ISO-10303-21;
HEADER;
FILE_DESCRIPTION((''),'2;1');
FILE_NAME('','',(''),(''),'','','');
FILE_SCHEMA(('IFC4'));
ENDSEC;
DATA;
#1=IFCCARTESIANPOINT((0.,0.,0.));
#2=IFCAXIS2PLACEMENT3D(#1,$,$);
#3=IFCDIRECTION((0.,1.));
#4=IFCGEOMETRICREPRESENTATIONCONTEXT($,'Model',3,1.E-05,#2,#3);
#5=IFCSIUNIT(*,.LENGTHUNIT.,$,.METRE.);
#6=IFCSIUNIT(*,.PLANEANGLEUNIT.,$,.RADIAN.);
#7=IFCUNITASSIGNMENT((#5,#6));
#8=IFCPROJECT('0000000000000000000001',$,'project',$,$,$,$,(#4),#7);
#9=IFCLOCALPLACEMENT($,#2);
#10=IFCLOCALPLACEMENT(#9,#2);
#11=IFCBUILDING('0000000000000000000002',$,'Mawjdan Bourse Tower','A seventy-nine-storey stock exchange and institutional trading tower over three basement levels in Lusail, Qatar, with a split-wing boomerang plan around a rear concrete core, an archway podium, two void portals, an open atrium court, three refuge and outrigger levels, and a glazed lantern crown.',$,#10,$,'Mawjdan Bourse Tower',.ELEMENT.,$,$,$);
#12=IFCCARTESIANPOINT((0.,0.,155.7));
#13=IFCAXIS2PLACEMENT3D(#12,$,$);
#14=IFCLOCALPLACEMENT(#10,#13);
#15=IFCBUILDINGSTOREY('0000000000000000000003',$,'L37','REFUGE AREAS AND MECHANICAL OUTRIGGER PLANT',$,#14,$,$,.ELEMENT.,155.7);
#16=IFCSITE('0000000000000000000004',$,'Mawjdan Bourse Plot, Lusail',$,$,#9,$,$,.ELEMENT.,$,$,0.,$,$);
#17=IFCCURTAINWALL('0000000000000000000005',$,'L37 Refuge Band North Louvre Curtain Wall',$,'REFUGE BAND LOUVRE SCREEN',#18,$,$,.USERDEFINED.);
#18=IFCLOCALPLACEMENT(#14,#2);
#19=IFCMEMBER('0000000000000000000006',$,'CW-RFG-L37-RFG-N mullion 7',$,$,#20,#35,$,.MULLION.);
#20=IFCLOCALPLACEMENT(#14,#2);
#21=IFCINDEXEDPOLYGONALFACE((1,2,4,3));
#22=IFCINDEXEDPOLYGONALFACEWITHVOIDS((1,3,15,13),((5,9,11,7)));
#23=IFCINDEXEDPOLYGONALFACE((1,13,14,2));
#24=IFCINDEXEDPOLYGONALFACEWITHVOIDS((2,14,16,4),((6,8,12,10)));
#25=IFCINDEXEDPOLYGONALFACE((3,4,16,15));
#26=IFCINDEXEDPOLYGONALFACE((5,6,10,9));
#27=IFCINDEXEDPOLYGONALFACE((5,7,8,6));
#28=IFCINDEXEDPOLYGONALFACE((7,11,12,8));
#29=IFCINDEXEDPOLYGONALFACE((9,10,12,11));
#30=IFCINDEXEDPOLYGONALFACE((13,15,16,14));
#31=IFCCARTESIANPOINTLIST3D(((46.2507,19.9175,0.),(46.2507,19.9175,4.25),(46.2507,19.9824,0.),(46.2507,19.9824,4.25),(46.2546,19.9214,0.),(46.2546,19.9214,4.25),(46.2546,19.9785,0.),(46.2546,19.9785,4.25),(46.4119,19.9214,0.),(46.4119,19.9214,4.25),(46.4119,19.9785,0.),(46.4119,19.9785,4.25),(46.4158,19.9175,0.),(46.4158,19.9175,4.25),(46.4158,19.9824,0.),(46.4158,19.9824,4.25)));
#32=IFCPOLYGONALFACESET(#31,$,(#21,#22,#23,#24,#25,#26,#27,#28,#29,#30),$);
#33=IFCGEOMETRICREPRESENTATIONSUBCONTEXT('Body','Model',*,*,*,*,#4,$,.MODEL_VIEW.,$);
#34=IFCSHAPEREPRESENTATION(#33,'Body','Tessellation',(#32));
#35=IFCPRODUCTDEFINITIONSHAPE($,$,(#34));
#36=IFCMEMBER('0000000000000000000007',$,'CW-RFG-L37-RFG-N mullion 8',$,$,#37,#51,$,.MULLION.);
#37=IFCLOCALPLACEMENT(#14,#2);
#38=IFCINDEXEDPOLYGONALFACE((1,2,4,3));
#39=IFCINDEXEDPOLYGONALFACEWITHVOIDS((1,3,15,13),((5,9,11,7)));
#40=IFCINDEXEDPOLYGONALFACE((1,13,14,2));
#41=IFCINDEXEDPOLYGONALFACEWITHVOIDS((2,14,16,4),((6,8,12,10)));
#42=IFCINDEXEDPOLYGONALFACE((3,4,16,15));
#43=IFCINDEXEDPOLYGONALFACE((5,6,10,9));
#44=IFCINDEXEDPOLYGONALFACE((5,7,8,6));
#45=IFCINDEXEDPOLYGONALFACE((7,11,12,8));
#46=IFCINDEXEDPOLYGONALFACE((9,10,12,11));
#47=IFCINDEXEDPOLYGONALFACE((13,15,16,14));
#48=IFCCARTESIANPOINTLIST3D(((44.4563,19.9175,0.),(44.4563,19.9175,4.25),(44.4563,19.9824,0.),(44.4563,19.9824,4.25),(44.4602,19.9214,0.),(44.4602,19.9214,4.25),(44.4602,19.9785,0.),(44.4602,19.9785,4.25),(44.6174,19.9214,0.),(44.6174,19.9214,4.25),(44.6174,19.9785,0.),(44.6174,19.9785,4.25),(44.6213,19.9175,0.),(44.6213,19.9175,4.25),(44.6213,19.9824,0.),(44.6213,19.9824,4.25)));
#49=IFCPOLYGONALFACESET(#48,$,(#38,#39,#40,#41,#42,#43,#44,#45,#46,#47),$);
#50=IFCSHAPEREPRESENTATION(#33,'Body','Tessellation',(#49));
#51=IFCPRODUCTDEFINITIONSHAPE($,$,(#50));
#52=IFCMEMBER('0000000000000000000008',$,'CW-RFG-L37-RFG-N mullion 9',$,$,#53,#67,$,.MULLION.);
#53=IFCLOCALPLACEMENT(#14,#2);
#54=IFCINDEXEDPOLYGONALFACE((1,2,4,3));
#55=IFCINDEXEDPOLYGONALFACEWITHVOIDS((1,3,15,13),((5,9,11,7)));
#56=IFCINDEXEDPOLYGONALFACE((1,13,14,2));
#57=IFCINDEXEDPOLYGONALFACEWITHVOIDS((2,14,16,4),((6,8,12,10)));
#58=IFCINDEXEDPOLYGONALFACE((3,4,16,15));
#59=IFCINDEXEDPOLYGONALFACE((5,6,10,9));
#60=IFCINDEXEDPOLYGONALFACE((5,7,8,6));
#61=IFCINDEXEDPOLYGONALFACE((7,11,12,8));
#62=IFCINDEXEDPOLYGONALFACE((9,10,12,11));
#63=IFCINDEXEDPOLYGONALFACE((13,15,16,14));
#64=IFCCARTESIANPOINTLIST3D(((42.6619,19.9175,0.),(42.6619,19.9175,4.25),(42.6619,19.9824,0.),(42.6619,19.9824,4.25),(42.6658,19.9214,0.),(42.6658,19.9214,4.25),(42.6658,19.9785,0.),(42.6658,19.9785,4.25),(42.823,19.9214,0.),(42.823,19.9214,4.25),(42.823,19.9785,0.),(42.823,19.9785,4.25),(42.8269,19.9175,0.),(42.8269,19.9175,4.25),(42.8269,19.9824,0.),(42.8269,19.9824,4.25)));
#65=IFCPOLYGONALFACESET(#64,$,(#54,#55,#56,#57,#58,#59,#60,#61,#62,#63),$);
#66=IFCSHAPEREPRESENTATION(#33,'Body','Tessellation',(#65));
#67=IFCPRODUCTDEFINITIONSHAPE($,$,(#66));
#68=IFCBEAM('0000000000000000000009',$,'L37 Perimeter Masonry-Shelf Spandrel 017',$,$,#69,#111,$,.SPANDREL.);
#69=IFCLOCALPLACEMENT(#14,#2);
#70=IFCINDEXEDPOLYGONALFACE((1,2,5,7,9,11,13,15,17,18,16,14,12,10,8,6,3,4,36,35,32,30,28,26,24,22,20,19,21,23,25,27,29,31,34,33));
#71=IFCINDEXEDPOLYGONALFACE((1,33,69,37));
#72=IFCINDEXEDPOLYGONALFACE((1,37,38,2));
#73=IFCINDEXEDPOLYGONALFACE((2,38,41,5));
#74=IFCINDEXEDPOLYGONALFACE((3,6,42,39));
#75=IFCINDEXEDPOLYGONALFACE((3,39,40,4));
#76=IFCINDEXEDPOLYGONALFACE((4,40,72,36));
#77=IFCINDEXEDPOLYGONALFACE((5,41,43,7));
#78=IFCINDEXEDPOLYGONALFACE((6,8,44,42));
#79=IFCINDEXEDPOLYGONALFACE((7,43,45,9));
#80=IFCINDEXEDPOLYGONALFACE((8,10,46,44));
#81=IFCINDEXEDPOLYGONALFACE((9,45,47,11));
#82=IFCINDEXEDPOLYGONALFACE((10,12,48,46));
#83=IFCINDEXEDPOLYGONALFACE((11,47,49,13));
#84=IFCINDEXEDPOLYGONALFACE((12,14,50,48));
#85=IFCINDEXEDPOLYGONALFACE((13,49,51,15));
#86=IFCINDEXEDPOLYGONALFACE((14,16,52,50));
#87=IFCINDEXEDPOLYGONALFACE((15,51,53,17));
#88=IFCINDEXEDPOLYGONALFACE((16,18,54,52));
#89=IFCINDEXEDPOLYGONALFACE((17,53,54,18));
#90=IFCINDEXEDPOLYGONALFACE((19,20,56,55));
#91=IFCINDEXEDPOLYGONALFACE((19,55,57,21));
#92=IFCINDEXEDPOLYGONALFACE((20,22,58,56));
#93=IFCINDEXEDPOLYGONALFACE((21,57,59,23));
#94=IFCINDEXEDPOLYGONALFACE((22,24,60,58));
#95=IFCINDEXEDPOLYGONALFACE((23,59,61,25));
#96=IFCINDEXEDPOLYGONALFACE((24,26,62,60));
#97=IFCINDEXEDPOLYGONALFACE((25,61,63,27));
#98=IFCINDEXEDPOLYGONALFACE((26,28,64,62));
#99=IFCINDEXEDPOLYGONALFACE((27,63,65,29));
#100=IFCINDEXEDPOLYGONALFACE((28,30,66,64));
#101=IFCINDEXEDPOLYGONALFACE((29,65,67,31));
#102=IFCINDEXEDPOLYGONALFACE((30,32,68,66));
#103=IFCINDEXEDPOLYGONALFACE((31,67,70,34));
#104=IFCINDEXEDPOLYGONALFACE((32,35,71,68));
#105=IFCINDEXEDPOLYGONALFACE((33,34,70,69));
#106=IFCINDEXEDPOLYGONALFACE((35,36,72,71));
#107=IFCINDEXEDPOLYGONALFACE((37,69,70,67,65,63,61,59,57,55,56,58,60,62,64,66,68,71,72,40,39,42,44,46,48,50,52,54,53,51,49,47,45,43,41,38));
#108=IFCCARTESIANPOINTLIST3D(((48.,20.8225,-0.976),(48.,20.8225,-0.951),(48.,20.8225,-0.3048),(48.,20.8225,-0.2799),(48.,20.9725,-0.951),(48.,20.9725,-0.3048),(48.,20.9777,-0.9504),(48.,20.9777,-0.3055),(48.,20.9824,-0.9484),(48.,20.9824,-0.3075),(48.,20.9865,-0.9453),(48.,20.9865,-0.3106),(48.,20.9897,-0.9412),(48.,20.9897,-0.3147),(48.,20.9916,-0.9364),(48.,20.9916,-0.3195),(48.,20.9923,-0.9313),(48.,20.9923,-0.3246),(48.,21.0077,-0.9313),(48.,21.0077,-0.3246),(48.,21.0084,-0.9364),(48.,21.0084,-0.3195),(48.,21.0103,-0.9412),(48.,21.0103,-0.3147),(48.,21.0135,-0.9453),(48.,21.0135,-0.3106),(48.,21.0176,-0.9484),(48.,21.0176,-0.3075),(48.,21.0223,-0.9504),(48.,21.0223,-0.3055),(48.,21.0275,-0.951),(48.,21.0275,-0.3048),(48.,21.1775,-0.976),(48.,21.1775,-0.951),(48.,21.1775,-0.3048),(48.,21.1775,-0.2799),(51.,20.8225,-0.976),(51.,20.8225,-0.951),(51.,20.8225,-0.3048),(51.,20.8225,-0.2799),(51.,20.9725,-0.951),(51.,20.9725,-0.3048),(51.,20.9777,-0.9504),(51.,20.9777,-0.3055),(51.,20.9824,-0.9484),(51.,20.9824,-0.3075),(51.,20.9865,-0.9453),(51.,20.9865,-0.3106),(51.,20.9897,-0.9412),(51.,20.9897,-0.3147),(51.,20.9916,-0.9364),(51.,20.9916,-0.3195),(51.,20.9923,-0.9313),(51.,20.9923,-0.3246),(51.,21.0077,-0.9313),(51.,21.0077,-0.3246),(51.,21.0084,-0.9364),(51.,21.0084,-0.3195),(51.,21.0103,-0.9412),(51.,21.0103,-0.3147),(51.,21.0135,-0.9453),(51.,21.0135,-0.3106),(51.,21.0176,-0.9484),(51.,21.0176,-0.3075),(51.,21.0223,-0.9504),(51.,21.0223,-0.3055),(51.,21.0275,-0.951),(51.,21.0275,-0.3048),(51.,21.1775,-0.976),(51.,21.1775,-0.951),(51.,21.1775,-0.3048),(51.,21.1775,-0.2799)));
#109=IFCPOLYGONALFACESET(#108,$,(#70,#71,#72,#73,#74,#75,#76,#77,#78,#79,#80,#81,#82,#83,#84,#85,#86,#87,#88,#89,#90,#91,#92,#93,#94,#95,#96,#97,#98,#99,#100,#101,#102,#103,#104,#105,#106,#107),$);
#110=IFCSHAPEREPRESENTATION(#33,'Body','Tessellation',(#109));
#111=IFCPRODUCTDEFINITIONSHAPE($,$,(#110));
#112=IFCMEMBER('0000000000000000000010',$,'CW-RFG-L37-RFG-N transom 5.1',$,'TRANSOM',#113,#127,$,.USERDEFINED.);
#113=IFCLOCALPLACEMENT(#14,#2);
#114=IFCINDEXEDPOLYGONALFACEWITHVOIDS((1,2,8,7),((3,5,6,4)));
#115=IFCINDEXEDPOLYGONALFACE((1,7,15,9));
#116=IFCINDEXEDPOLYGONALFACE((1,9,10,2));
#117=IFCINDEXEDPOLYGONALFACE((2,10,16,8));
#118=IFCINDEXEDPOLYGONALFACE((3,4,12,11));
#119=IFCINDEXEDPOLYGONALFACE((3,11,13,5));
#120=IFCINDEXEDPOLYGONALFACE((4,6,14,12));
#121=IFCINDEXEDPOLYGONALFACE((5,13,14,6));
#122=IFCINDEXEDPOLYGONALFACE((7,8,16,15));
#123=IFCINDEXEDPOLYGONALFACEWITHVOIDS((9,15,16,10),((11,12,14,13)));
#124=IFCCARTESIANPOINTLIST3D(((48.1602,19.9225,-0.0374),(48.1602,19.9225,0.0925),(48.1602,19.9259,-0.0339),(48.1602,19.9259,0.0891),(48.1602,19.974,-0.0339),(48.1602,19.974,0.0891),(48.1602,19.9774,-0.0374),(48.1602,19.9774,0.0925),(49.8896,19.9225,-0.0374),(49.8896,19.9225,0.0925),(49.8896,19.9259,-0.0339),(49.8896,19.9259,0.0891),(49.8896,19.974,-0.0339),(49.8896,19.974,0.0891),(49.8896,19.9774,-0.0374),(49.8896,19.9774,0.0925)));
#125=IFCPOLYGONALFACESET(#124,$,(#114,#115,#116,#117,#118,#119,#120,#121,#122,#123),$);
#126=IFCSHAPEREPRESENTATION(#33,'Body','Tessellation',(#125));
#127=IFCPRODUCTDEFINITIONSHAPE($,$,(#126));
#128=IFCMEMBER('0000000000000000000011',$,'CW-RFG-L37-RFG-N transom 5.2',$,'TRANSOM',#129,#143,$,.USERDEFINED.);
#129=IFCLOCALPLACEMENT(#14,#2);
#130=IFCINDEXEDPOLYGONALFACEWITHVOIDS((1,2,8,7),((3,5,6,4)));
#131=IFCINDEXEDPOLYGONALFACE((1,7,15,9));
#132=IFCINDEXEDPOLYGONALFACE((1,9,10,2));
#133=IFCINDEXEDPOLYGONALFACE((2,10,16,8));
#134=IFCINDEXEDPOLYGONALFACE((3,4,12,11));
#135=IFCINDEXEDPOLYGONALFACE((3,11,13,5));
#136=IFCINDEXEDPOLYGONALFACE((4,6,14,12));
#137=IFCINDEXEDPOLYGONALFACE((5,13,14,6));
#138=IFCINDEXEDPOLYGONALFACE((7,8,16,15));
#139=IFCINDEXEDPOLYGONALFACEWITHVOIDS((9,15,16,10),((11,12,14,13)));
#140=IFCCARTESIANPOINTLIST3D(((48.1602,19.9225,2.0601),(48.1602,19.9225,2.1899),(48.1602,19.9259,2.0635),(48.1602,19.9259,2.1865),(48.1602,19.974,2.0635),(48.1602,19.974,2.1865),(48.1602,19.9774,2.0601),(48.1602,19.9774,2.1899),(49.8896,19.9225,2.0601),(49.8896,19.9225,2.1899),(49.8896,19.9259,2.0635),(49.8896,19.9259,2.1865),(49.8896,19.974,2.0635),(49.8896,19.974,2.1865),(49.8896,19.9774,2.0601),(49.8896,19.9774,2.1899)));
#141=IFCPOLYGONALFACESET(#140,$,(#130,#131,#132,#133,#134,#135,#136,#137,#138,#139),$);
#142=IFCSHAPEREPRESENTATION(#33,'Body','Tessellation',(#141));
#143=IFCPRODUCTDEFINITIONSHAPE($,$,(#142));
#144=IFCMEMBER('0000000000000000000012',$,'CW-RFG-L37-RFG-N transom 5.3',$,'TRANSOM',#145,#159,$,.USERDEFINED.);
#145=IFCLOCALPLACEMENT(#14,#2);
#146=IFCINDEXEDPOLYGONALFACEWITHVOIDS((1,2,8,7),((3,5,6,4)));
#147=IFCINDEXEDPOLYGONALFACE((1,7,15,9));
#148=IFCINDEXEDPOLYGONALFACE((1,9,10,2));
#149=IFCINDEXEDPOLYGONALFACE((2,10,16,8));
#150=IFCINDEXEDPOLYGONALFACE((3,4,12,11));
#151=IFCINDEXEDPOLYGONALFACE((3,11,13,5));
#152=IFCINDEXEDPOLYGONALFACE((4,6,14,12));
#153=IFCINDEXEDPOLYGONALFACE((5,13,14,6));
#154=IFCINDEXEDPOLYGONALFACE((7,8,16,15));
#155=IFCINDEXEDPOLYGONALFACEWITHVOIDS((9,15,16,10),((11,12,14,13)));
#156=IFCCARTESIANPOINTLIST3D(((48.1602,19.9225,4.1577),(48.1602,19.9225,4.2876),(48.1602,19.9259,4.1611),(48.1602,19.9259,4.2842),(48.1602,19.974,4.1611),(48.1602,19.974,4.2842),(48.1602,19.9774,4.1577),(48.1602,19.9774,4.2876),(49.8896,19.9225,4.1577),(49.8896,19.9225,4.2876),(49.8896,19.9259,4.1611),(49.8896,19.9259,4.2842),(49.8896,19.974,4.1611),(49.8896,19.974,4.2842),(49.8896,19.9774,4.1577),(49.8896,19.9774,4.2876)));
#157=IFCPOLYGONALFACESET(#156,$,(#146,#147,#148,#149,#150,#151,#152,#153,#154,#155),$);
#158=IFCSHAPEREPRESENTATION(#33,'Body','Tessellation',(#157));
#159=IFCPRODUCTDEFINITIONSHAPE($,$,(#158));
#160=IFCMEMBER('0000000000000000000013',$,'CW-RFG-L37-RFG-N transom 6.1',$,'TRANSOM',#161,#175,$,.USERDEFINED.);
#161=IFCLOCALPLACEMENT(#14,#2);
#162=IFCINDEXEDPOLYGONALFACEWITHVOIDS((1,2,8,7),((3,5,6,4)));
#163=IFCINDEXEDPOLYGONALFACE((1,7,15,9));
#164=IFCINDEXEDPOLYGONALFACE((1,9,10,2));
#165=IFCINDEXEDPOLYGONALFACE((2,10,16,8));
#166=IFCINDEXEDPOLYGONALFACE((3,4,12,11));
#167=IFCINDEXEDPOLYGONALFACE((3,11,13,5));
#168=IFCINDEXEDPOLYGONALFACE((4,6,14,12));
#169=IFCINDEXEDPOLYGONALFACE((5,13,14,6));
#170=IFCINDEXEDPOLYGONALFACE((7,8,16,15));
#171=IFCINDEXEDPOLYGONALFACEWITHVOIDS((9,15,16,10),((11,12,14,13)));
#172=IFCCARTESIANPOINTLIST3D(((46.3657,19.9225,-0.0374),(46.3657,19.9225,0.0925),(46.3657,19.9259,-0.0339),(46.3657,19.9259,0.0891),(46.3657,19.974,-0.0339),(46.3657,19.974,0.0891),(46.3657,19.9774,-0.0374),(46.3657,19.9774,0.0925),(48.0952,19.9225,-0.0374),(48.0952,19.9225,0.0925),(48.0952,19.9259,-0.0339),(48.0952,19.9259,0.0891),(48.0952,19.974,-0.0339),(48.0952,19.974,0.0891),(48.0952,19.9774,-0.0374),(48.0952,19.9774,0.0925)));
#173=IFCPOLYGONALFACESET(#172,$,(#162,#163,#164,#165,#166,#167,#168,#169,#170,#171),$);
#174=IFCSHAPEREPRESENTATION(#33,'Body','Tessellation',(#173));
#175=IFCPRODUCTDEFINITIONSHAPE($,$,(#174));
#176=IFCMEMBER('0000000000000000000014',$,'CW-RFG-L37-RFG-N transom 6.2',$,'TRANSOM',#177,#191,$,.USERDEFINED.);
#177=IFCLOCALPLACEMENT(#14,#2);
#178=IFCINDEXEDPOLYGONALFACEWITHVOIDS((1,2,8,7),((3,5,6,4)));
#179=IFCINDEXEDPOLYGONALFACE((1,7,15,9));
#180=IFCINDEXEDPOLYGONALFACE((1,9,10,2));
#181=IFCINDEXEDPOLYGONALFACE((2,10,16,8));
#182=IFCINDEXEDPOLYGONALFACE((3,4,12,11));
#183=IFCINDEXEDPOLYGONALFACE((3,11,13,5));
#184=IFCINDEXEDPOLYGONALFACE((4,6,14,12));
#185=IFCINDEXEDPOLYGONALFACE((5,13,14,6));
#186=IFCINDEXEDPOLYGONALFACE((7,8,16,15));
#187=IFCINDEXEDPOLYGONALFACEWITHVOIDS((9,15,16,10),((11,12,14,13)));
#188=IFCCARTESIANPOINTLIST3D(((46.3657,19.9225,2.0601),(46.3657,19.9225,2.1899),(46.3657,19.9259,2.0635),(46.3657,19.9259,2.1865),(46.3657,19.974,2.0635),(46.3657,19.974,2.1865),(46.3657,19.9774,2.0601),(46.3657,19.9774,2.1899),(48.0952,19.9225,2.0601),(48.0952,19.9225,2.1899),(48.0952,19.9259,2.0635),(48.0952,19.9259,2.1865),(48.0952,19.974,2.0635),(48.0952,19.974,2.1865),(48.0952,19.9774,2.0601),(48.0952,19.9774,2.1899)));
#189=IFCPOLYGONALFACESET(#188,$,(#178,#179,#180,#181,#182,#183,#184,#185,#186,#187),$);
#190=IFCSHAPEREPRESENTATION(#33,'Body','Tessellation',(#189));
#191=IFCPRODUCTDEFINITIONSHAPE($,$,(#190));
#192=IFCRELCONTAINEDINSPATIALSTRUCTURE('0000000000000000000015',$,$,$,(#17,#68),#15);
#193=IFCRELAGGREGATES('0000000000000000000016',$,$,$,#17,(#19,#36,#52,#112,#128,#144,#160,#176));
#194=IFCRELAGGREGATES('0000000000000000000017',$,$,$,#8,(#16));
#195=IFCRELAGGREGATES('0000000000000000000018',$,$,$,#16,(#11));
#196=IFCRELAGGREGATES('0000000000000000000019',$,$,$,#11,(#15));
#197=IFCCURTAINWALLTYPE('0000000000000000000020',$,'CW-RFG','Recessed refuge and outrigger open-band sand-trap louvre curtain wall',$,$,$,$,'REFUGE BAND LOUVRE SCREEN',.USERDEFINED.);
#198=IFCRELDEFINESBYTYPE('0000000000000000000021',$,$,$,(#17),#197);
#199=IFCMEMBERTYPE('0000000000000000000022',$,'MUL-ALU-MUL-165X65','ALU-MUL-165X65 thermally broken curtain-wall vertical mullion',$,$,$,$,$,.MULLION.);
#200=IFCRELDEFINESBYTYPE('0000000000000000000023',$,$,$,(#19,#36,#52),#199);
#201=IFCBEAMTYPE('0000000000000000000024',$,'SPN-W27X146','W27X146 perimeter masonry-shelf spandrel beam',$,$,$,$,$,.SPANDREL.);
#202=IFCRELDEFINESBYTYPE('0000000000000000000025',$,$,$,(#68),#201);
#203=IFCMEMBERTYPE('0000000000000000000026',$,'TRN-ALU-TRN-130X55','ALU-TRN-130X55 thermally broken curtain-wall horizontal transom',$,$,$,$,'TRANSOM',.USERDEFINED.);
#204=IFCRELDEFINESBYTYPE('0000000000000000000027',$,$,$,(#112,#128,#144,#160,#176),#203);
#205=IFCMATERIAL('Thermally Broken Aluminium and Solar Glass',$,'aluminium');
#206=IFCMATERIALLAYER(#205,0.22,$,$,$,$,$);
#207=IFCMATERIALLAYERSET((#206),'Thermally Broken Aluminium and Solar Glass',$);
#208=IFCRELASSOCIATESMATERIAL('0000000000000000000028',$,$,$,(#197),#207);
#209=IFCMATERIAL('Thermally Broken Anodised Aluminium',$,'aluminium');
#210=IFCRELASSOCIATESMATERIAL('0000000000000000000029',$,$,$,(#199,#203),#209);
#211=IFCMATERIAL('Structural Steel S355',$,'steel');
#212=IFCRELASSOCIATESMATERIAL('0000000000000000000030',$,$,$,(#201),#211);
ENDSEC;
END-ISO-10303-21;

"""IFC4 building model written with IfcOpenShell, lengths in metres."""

from ifc_helpers import new_model, si_unit, direction, frame, origin, origin_2d, place, context, subcontext, project, spatial, hollow_rectangle, i_section, extrude, material, layer, layer_set, material_profile, profile_set, type_object, element, aggregate, save


model = new_model("IFC4")

# Units and contexts
model_context = context("Model", 3, precision=1e-05, world=origin(), true_north=direction((0.0, 1.0)))
body_context = subcontext(model_context, "Body", "Model", "MODEL_VIEW")
ifc_project = project(units=[si_unit("LENGTHUNIT", "METRE"), si_unit("PLANEANGLEUNIT", "RADIAN")], contexts=[model_context])

# Site, building, storey
site_placement = place(None, origin())
site = spatial("IfcSite", under=ifc_project, at=site_placement, Name="Mawjdan Bourse Plot, Lusail", CompositionType="ELEMENT", RefElevation=0.0)
building_placement = place(site_placement, origin())
building = spatial("IfcBuilding", under=site, at=building_placement, Name="Mawjdan Bourse Tower", Description="A seventy-nine-storey stock exchange and institutional trading tower over three basement levels in Lusail, Qatar, with a split-wing boomerang plan around a rear concrete core, an archway podium, two void portals, an open atrium court, three refuge and outrigger levels, and a glazed lantern crown.", LongName="Mawjdan Bourse Tower", CompositionType="ELEMENT")
storey_placement = place(building_placement, frame((0.0, 0.0, 155.7)))
storey = spatial("IfcBuildingStorey", under=building, at=storey_placement, Name="L37", Description="REFUGE AREAS AND MECHANICAL OUTRIGGER PLANT", CompositionType="ELEMENT", Elevation=155.7)

# Shared definitions
ifc_material_1 = material(Name="Structural Steel S355", Category="steel")

# Curtain wall, members
ifc_material_2 = material(Name="Thermally Broken Aluminium and Solar Glass", Category="aluminium")
ifc_layer_1 = layer(ifc_material_2, 0.22)
ifc_layer_set_1 = layer_set([ifc_layer_1], Name="Thermally Broken Aluminium and Solar Glass")
curtain_wall_type = type_object("IfcCurtainWallType", Name="CW-RFG", Description="Recessed refuge and outrigger open-band sand-trap louvre curtain wall", ElementType="REFUGE BAND LOUVRE SCREEN", PredefinedType="USERDEFINED", material=ifc_layer_set_1)
curtain_wall_placement = place(storey_placement, origin())
curtain_wall = element("IfcCurtainWall", 1, at=curtain_wall_placement, inside=storey, type_object=curtain_wall_type, Name="L37 Refuge Band North Louvre Curtain Wall", ObjectType="REFUGE BAND LOUVRE SCREEN", PredefinedType="USERDEFINED")
ifc_material_3 = material(Name="Thermally Broken Anodised Aluminium", Category="aluminium")
ifc_material_profile_1 = material_profile(ifc_material_3, hollow_rectangle(XDim=0.0649, YDim=0.165, WallThickness=0.0039, at=origin_2d()), Name="ALU-MUL-165X65")
ifc_profile_set_1 = profile_set([ifc_material_profile_1], Name="Thermally Broken Anodised Aluminium")
member_type_1 = type_object("IfcMemberType", Name="MUL-ALU-MUL-165X65", Description="ALU-MUL-165X65 thermally broken curtain-wall vertical mullion", PredefinedType="MULLION", material=ifc_profile_set_1)
member_1_placement = place(storey_placement, frame((46.3333, 19.95, 0.0), z_axis=(0.0, 0.0, 1.0), x_axis=(0.0, -1.0, 0.0)))
member_1 = element("IfcMember", 2, at=member_1_placement, type_object=member_type_1, Name="CW-RFG-L37-RFG-N mullion 7", PredefinedType="MULLION", context=body_context, shape_type="SweptSolid", body=[
    extrude(hollow_rectangle(XDim=0.0649, YDim=0.165, WallThickness=0.0039, at=origin_2d()), origin(), (0.0, 0.0, 1.0), 4.25),
])
member_2_placement = place(storey_placement, frame((44.5388, 19.95, 0.0), z_axis=(0.0, 0.0, 1.0), x_axis=(0.0, -1.0, 0.0)))
member_2 = element("IfcMember", 3, at=member_2_placement, type_object=member_type_1, Name="CW-RFG-L37-RFG-N mullion 8", PredefinedType="MULLION", context=body_context, shape_type="SweptSolid", body=[
    extrude(hollow_rectangle(XDim=0.0649, YDim=0.165, WallThickness=0.0039, at=origin_2d()), origin(), (0.0, 0.0, 1.0), 4.25),
])
member_3_placement = place(storey_placement, frame((42.7444, 19.95, 0.0), z_axis=(0.0, 0.0, 1.0), x_axis=(0.0, -1.0, 0.0)))
member_3 = element("IfcMember", 4, at=member_3_placement, type_object=member_type_1, Name="CW-RFG-L37-RFG-N mullion 9", PredefinedType="MULLION", context=body_context, shape_type="SweptSolid", body=[
    extrude(hollow_rectangle(XDim=0.0649, YDim=0.165, WallThickness=0.0039, at=origin_2d()), origin(), (0.0, 0.0, 1.0), 4.25),
])

# Beam
ifc_material_profile_2 = material_profile(ifc_material_1, i_section(OverallWidth=0.355, OverallDepth=0.696, WebThickness=0.0154, FlangeThickness=0.0249, FilletRadius=0.0198, at=origin_2d()), Name="W27X146")
ifc_profile_set_2 = profile_set([ifc_material_profile_2], Name="Structural Steel S355")
beam_type_1 = type_object("IfcBeamType", Name="SPN-W27X146", Description="W27X146 perimeter masonry-shelf spandrel beam", PredefinedType="SPANDREL", material=ifc_profile_set_2)
beam_placement = place(storey_placement, frame((48.0, 21.0, -0.6279), z_axis=(1.0, 0.0, 0.0), x_axis=(0.0, 1.0, 0.0)))
element("IfcBeam", 5, at=beam_placement, inside=storey, type_object=beam_type_1, Name="L37 Perimeter Masonry-Shelf Spandrel 017", PredefinedType="SPANDREL", context=body_context, shape_type="SweptSolid", body=[
    extrude(i_section(OverallWidth=0.355, OverallDepth=0.696, WebThickness=0.0154, FlangeThickness=0.0249, FilletRadius=0.0198, at=origin_2d()), origin(), (0.0, 0.0, 1.0), 3.0),
])

# Members
ifc_material_profile_3 = material_profile(ifc_material_3, hollow_rectangle(XDim=0.0549, YDim=0.1299, WallThickness=0.0034, at=origin_2d()), Name="ALU-TRN-130X55")
ifc_profile_set_3 = profile_set([ifc_material_profile_3], Name="Thermally Broken Anodised Aluminium")
member_type_2 = type_object("IfcMemberType", Name="TRN-ALU-TRN-130X55", Description="ALU-TRN-130X55 thermally broken curtain-wall horizontal transom", ElementType="TRANSOM", PredefinedType="USERDEFINED", material=ifc_profile_set_3)
member_4_placement = place(storey_placement, frame((49.8896, 19.95, 0.0276), z_axis=(-1.0, 0.0, 0.0), x_axis=(0.0, -1.0, 0.0)))
member_4 = element("IfcMember", 6, at=member_4_placement, type_object=member_type_2, Name="CW-RFG-L37-RFG-N transom 5.1", ObjectType="TRANSOM", PredefinedType="USERDEFINED", context=body_context, shape_type="SweptSolid", body=[
    extrude(hollow_rectangle(XDim=0.0549, YDim=0.1299, WallThickness=0.0034, at=origin_2d()), origin(), (0.0, 0.0, 1.0), 1.7295),
])
member_5_placement = place(storey_placement, frame((49.8896, 19.95, 2.125), z_axis=(-1.0, 0.0, 0.0), x_axis=(0.0, -1.0, 0.0)))
member_5 = element("IfcMember", 7, at=member_5_placement, type_object=member_type_2, Name="CW-RFG-L37-RFG-N transom 5.2", ObjectType="TRANSOM", PredefinedType="USERDEFINED", context=body_context, shape_type="SweptSolid", body=[
    extrude(hollow_rectangle(XDim=0.0549, YDim=0.1299, WallThickness=0.0034, at=origin_2d()), origin(), (0.0, 0.0, 1.0), 1.7295),
])
member_6_placement = place(storey_placement, frame((49.8896, 19.95, 4.2227), z_axis=(-1.0, 0.0, 0.0), x_axis=(0.0, -1.0, 0.0)))
member_6 = element("IfcMember", 8, at=member_6_placement, type_object=member_type_2, Name="CW-RFG-L37-RFG-N transom 5.3", ObjectType="TRANSOM", PredefinedType="USERDEFINED", context=body_context, shape_type="SweptSolid", body=[
    extrude(hollow_rectangle(XDim=0.0549, YDim=0.1299, WallThickness=0.0034, at=origin_2d()), origin(), (0.0, 0.0, 1.0), 1.7295),
])
member_7_placement = place(storey_placement, frame((48.0952, 19.95, 0.0276), z_axis=(-1.0, 0.0, 0.0), x_axis=(0.0, -1.0, 0.0)))
member_7 = element("IfcMember", 9, at=member_7_placement, type_object=member_type_2, Name="CW-RFG-L37-RFG-N transom 6.1", ObjectType="TRANSOM", PredefinedType="USERDEFINED", context=body_context, shape_type="SweptSolid", body=[
    extrude(hollow_rectangle(XDim=0.0549, YDim=0.1299, WallThickness=0.0034, at=origin_2d()), origin(), (0.0, 0.0, 1.0), 1.7295),
])
member_8_placement = place(storey_placement, frame((48.0952, 19.95, 2.125), z_axis=(-1.0, 0.0, 0.0), x_axis=(0.0, -1.0, 0.0)))
member_8 = element("IfcMember", 10, at=member_8_placement, type_object=member_type_2, Name="CW-RFG-L37-RFG-N transom 6.2", ObjectType="TRANSOM", PredefinedType="USERDEFINED", context=body_context, shape_type="SweptSolid", body=[
    extrude(hollow_rectangle(XDim=0.0549, YDim=0.1299, WallThickness=0.0034, at=origin_2d()), origin(), (0.0, 0.0, 1.0), 1.7295),
])

aggregate(curtain_wall, [member_1, member_2, member_3, member_4, member_5, member_6, member_7, member_8])

save(model, "model.ifc")
